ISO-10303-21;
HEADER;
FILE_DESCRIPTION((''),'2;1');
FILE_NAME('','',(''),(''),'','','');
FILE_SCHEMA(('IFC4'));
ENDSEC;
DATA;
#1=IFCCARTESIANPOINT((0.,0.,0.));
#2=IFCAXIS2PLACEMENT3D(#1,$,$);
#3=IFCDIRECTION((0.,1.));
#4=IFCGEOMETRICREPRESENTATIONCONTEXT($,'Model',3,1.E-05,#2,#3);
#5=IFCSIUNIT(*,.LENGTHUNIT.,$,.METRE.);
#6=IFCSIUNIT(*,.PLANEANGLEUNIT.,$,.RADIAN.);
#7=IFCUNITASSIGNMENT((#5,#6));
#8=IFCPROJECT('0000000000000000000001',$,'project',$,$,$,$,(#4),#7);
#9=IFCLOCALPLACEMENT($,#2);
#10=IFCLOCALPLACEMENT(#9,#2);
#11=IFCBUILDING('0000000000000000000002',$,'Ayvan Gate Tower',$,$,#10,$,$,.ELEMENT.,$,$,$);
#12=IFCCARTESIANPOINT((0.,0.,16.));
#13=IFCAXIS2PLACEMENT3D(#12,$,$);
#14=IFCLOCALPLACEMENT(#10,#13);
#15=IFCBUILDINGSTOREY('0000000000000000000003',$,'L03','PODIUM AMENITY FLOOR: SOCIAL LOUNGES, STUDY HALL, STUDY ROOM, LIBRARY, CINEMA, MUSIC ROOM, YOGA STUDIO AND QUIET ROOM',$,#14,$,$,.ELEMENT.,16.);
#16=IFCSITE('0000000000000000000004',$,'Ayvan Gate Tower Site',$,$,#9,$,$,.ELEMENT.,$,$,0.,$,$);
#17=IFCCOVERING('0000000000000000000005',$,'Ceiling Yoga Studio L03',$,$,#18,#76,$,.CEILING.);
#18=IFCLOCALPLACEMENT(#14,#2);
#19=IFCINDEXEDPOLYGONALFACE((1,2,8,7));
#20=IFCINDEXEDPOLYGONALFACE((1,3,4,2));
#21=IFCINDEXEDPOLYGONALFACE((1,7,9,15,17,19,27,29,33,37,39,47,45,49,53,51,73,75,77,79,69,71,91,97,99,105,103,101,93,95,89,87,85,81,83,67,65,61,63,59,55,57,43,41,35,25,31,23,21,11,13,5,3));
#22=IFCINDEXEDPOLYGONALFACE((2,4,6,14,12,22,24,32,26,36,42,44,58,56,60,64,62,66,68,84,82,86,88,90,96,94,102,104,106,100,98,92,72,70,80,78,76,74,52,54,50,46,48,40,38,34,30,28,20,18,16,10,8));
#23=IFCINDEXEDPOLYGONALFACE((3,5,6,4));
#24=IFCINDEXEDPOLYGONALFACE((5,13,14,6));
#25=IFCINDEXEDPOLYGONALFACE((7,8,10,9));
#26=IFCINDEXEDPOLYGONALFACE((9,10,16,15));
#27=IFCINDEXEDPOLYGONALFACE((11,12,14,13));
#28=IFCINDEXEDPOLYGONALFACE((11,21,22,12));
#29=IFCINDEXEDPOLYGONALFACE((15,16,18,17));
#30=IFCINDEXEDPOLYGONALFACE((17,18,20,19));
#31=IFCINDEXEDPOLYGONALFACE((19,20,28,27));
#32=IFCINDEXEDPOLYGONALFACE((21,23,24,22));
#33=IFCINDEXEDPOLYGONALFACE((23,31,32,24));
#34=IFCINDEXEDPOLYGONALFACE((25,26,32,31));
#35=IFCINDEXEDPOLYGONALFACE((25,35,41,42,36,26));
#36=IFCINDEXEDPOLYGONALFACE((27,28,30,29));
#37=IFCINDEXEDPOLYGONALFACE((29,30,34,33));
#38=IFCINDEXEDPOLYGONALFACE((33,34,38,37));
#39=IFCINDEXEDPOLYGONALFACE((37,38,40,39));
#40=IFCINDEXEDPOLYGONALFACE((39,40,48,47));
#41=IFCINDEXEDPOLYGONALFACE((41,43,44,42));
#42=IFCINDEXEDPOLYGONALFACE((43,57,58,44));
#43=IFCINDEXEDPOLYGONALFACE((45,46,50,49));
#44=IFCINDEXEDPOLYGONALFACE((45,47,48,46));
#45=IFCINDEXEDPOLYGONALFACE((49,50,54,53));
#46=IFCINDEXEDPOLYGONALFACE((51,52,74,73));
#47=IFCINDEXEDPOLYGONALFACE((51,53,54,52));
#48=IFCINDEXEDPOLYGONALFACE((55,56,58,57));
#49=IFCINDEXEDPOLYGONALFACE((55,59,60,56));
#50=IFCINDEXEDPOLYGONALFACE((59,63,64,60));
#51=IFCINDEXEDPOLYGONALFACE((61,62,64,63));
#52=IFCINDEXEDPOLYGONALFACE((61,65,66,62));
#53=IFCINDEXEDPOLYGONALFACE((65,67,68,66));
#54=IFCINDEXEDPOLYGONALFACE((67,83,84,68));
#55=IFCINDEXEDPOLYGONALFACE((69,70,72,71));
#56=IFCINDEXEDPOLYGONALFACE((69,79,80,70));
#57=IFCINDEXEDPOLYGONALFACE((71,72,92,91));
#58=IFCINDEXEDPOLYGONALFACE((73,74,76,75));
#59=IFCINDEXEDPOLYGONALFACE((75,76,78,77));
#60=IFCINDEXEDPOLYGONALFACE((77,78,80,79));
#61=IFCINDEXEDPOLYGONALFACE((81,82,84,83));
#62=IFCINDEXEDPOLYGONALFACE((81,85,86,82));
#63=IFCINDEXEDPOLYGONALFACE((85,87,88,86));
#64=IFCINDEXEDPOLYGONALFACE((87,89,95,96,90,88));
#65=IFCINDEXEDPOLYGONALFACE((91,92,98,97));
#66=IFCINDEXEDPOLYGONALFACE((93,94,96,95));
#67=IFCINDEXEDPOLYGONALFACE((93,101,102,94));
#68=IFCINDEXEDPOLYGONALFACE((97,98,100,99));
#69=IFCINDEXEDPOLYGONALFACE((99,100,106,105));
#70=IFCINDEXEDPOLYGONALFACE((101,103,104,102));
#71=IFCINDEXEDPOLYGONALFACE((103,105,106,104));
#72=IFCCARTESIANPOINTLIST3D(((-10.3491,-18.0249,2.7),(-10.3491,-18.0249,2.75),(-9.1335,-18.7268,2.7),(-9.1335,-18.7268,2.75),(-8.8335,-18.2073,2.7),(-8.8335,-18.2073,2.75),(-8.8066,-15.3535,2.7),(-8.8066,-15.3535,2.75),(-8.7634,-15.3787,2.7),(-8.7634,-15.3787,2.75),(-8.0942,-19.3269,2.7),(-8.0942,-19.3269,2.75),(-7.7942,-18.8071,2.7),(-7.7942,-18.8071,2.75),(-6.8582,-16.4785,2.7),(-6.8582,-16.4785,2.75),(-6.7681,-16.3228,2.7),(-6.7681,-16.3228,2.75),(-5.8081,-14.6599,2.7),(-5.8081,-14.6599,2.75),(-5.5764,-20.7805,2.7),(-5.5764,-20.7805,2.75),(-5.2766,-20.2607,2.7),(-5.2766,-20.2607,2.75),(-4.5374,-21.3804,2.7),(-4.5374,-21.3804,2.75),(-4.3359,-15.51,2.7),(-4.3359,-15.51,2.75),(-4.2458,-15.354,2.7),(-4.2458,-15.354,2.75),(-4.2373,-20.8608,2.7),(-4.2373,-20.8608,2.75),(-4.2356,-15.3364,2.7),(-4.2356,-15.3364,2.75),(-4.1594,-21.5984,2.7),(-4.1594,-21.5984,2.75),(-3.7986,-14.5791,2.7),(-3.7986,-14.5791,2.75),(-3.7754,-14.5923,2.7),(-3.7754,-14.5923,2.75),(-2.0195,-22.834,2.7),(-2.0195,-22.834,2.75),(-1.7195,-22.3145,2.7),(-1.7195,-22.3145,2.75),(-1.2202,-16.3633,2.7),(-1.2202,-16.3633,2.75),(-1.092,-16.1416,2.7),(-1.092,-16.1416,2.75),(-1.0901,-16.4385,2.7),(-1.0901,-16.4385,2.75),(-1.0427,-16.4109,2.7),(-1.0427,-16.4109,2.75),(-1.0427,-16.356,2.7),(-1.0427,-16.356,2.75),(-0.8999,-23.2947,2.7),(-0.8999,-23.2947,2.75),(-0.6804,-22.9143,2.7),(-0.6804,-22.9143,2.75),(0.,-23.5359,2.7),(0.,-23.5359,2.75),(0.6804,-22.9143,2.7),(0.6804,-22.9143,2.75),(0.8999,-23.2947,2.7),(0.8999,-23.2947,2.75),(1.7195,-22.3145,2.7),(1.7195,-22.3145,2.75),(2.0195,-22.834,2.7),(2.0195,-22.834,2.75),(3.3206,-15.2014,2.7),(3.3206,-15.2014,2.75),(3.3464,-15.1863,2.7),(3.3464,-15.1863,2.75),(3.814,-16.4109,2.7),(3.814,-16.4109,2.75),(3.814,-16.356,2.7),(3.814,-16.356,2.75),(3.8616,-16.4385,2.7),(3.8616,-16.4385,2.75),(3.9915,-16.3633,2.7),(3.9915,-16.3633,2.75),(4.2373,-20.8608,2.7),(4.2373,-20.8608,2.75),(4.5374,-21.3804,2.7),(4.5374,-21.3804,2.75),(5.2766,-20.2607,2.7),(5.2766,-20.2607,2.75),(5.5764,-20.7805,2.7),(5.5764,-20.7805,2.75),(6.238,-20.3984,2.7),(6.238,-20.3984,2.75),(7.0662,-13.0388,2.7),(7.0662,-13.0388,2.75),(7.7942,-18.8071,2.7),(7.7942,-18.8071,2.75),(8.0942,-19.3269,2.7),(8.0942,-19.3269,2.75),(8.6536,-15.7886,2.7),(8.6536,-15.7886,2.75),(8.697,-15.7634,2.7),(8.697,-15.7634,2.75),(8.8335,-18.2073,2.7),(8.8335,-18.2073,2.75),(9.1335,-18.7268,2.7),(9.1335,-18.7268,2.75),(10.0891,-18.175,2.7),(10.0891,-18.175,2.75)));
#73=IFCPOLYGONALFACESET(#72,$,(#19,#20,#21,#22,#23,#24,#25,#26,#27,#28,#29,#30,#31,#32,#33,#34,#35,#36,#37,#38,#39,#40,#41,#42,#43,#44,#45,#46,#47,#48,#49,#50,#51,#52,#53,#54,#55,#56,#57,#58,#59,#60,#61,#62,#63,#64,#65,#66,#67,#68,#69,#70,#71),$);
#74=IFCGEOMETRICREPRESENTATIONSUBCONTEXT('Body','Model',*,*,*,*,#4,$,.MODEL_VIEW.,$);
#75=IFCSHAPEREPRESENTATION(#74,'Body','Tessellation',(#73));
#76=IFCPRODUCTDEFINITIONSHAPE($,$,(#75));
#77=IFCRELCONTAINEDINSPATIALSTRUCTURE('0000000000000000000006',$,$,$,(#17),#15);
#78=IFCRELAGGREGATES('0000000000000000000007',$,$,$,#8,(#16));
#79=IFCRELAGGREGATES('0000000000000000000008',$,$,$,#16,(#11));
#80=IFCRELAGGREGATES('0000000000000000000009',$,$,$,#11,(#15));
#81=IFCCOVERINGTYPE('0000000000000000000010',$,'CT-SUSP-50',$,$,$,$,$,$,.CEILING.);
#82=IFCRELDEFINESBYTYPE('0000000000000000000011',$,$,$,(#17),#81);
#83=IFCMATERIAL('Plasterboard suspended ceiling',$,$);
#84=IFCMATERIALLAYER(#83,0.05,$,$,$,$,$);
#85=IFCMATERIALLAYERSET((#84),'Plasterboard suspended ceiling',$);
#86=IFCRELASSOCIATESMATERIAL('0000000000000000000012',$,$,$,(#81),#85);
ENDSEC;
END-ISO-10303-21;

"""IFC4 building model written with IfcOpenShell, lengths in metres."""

from ifc_helpers import new_model, si_unit, direction, frame, origin, place, context, subcontext, project, spatial, polyline, outline, extrude, material, layer, layer_set, type_object, element, save


model = new_model("IFC4")

# Units and contexts
model_context = context("Model", 3, precision=1e-05, world=origin(), true_north=direction((0.0, 1.0)))
body_context = subcontext(model_context, "Body", "Model", "MODEL_VIEW")
ifc_project = project(units=[si_unit("LENGTHUNIT", "METRE"), si_unit("PLANEANGLEUNIT", "RADIAN")], contexts=[model_context])

# Site, building, storey
site_placement = place(None, origin())
site = spatial("IfcSite", under=ifc_project, at=site_placement, Name="Ayvan Gate Tower Site", CompositionType="ELEMENT", RefElevation=0.0)
building_placement = place(site_placement, origin())
building = spatial("IfcBuilding", under=site, at=building_placement, Name="Ayvan Gate Tower", CompositionType="ELEMENT")
storey_placement = place(building_placement, frame((0.0, 0.0, 16.0)))
storey = spatial("IfcBuildingStorey", under=building, at=storey_placement, Name="L03", Description="PODIUM AMENITY FLOOR: SOCIAL LOUNGES, STUDY HALL, STUDY ROOM, LIBRARY, CINEMA, MUSIC ROOM, YOGA STUDIO AND QUIET ROOM", CompositionType="ELEMENT", Elevation=16.0)

# Covering
ifc_material_1 = material(Name="Plasterboard suspended ceiling")
ifc_layer_1 = layer(ifc_material_1, 0.05)
ifc_layer_set_1 = layer_set([ifc_layer_1], Name="Plasterboard suspended ceiling")
covering_type = type_object("IfcCoveringType", Name="CT-SUSP-50", PredefinedType="CEILING", material=ifc_layer_set_1)
covering_1_placement = place(storey_placement, frame((0.0, 0.0, 2.7)))
element("IfcCovering", 1, at=covering_1_placement, inside=storey, type_object=covering_type, Name="Ceiling Yoga Studio L03", PredefinedType="CEILING", context=body_context, shape_type="SweptSolid", body=[
    extrude(outline(polyline([(-6.8582, -16.4785), (-6.7681, -16.3228), (-5.8081, -14.6599), (-4.3359, -15.51), (-4.2458, -15.354), (-4.2356, -15.3364), (-3.7986, -14.5791), (-3.7754, -14.5923), (-1.092, -16.1416), (-1.2202, -16.3633), (-1.0901, -16.4385), (-1.0427, -16.356), (-1.0427, -16.4109), (3.814, -16.4109), (3.814, -16.356), (3.8616, -16.4385), (3.9915, -16.3633), (3.3206, -15.2014), (3.3464, -15.1863), (7.0662, -13.0388), (8.6536, -15.7886), (8.697, -15.7634), (10.0891, -18.175), (9.1335, -18.7268), (8.8335, -18.2073), (7.7942, -18.8071), (8.0942, -19.3269), (6.238, -20.3984), (5.5764, -20.7805), (5.2766, -20.2607), (4.2373, -20.8608), (4.5374, -21.3804), (2.0195, -22.834), (1.7195, -22.3145), (0.6804, -22.9143), (0.8999, -23.2947), (0.0, -23.5359), (-0.8999, -23.2947), (-0.6804, -22.9143), (-1.7195, -22.3145), (-2.0195, -22.834), (-4.1594, -21.5984), (-4.5374, -21.3804), (-4.2373, -20.8608), (-5.2766, -20.2607), (-5.5764, -20.7805), (-8.0942, -19.3269), (-7.7942, -18.8071), (-8.8335, -18.2073), (-9.1335, -18.7268), (-10.3491, -18.0249), (-8.8066, -15.3535), (-8.7634, -15.3787), (-6.8582, -16.4785)])), origin(), (0.0, 0.0, 1.0), 0.05),
])

save(model, "model.ifc")
